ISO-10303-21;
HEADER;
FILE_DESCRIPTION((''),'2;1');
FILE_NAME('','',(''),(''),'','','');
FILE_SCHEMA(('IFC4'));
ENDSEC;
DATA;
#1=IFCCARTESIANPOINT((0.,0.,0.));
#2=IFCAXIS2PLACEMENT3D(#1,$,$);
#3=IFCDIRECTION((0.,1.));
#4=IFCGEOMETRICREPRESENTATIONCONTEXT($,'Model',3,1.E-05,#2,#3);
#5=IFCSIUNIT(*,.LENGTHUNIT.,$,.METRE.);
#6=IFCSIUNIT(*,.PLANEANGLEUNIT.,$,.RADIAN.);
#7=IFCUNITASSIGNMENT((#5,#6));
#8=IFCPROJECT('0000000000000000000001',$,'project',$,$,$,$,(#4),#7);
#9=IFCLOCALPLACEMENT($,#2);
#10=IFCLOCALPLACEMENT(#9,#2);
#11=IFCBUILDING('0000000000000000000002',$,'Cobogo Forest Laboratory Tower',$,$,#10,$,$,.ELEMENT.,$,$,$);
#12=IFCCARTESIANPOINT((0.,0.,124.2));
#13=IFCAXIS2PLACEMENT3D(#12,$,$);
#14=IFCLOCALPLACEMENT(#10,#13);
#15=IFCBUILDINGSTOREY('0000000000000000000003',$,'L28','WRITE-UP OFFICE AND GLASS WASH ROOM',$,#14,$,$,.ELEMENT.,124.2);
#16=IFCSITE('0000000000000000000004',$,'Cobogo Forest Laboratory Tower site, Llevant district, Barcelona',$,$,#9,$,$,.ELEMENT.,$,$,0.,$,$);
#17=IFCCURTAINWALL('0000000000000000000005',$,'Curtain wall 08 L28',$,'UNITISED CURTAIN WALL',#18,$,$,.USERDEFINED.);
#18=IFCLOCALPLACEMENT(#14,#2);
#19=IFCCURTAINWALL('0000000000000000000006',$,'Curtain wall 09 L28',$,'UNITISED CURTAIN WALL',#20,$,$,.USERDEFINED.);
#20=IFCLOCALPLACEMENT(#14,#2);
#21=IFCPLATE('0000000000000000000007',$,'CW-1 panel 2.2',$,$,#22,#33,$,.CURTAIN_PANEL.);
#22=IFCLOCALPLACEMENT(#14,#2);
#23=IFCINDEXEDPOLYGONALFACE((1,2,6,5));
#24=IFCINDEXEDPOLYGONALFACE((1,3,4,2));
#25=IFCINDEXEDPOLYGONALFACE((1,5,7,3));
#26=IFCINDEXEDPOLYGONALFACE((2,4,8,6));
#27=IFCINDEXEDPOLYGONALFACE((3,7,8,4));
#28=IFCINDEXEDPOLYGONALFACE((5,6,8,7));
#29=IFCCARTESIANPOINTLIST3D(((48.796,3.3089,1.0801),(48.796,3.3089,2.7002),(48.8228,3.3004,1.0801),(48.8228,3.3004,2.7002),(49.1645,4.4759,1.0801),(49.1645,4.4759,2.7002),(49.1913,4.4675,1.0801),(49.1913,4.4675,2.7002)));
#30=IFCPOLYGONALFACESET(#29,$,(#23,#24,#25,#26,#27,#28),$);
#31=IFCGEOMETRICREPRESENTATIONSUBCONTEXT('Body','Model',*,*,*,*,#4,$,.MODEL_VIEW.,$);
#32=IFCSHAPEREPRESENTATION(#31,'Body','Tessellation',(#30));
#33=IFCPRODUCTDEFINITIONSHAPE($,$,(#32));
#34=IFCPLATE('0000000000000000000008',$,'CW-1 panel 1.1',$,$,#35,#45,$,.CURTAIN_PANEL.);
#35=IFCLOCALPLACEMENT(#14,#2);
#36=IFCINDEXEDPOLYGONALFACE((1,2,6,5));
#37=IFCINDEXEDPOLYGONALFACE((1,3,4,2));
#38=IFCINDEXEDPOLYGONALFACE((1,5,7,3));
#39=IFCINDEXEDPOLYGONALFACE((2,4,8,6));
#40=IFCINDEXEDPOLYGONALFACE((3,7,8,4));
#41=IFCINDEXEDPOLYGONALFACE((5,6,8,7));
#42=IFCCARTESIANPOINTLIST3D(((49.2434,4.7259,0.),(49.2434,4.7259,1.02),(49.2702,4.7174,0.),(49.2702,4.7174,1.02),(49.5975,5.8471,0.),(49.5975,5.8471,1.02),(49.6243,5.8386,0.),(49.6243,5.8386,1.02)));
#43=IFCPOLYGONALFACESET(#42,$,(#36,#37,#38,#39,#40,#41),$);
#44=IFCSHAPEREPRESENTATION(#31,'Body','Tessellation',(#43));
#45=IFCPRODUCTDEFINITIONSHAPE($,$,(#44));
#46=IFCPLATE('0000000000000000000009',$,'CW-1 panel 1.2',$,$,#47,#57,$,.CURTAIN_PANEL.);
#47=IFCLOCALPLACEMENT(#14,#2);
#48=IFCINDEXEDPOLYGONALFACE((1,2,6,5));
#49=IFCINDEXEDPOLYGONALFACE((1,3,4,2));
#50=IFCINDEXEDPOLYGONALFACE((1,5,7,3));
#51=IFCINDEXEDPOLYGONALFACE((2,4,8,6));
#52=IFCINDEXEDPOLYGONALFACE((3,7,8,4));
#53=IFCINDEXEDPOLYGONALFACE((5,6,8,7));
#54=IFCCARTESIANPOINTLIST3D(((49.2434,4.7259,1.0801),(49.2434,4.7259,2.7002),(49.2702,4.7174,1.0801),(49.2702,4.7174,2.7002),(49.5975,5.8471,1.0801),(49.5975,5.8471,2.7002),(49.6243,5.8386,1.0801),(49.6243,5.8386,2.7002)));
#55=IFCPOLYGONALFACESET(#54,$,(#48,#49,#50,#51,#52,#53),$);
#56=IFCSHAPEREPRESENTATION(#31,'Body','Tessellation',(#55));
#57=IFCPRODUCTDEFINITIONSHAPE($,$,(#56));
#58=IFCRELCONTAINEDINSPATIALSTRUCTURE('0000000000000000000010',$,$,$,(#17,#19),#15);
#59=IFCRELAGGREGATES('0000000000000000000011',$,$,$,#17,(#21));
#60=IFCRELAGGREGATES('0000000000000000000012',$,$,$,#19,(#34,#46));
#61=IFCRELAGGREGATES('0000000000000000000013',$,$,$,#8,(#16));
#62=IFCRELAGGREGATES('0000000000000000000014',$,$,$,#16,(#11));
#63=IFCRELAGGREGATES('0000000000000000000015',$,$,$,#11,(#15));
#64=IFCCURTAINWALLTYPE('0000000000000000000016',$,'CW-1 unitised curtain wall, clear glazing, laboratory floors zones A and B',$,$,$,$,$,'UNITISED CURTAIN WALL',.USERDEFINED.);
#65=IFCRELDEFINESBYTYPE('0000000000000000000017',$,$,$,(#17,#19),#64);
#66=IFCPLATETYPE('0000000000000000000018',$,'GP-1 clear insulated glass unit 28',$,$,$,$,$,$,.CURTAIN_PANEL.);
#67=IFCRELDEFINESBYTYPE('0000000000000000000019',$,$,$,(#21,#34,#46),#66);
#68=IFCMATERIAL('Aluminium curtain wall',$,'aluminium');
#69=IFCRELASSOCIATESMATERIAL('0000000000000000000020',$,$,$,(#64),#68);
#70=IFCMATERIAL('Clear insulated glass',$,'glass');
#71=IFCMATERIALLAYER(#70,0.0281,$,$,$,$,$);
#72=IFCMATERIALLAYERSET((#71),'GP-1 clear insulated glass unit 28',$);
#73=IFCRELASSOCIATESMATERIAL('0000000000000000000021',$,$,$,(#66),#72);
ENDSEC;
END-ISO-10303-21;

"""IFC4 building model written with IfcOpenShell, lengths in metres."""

from ifc_helpers import new_model, si_unit, direction, frame, origin, origin_2d, place, context, subcontext, project, spatial, rectangle, extrude, material, layer, layer_set, type_object, element, aggregate, save


model = new_model("IFC4")

# Units and contexts
model_context = context("Model", 3, precision=1e-05, world=origin(), true_north=direction((0.0, 1.0)))
body_context = subcontext(model_context, "Body", "Model", "MODEL_VIEW")
ifc_project = project(units=[si_unit("LENGTHUNIT", "METRE"), si_unit("PLANEANGLEUNIT", "RADIAN")], contexts=[model_context])

# Site, building, storey
site_placement = place(None, origin())
site = spatial("IfcSite", under=ifc_project, at=site_placement, Name="Cobogo Forest Laboratory Tower site, Llevant district, Barcelona", CompositionType="ELEMENT", RefElevation=0.0)
building_placement = place(site_placement, origin())
building = spatial("IfcBuilding", under=site, at=building_placement, Name="Cobogo Forest Laboratory Tower", CompositionType="ELEMENT")
storey_placement = place(building_placement, frame((0.0, 0.0, 124.2)))
storey = spatial("IfcBuildingStorey", under=building, at=storey_placement, Name="L28", Description="WRITE-UP OFFICE AND GLASS WASH ROOM", CompositionType="ELEMENT", Elevation=124.2)

# Shared definitions
ifc_material_1 = material(Name="Aluminium curtain wall", Category="aluminium")
curtain_wall_type = type_object("IfcCurtainWallType", Name="CW-1 unitised curtain wall, clear glazing, laboratory floors zones A and B", ElementType="UNITISED CURTAIN WALL", PredefinedType="USERDEFINED", material=ifc_material_1)

# Curtain walls
curtain_wall_1_placement = place(storey_placement, origin())
curtain_wall_1 = element("IfcCurtainWall", 1, at=curtain_wall_1_placement, inside=storey, type_object=curtain_wall_type, Name="Curtain wall 08 L28", ObjectType="UNITISED CURTAIN WALL", PredefinedType="USERDEFINED")
curtain_wall_2_placement = place(storey_placement, origin())
curtain_wall_2 = element("IfcCurtainWall", 2, at=curtain_wall_2_placement, inside=storey, type_object=curtain_wall_type, Name="Curtain wall 09 L28", ObjectType="UNITISED CURTAIN WALL", PredefinedType="USERDEFINED")

# Plates
ifc_material_2 = material(Name="Clear insulated glass", Category="glass")
ifc_layer = layer(ifc_material_2, 0.0281)
ifc_layer_set = layer_set([ifc_layer], Name="GP-1 clear insulated glass unit 28")
plate_type = type_object("IfcPlateType", Name="GP-1 clear insulated glass unit 28", PredefinedType="CURTAIN_PANEL", material=ifc_layer_set)
plate_1_placement = place(storey_placement, frame((48.9937, 3.8882, 1.0801), z_axis=(0.0, 0.0, 1.0), x_axis=(0.301135, 0.953581, 0.0)))
plate_1 = element("IfcPlate", 3, at=plate_1_placement, type_object=plate_type, Name="CW-1 panel 2.2", PredefinedType="CURTAIN_PANEL", context=body_context, shape_type="SweptSolid", body=[
    extrude(rectangle(XDim=1.2239, YDim=0.0281, at=origin_2d()), origin(), (0.0, 0.0, 1.0), 1.6201),
])
aggregate(curtain_wall_1, [plate_1])
plate_2_placement = place(storey_placement, frame((49.4338, 5.2822, 0.0), z_axis=(0.0, 0.0, 1.0), x_axis=(0.301135, 0.953581, 0.0)))
plate_2 = element("IfcPlate", 4, at=plate_2_placement, type_object=plate_type, Name="CW-1 panel 1.1", PredefinedType="CURTAIN_PANEL", context=body_context, shape_type="SweptSolid", body=[
    extrude(rectangle(XDim=1.1758, YDim=0.0281, at=origin_2d()), origin(), (0.0, 0.0, 1.0), 1.02),
])
plate_3_placement = place(storey_placement, frame((49.4338, 5.2822, 1.0801), z_axis=(0.0, 0.0, 1.0), x_axis=(0.301135, 0.953581, 0.0)))
plate_3 = element("IfcPlate", 5, at=plate_3_placement, type_object=plate_type, Name="CW-1 panel 1.2", PredefinedType="CURTAIN_PANEL", context=body_context, shape_type="SweptSolid", body=[
    extrude(rectangle(XDim=1.1758, YDim=0.0281, at=origin_2d()), origin(), (0.0, 0.0, 1.0), 1.6201),
])
aggregate(curtain_wall_2, [plate_2, plate_3])

save(model, "model.ifc")
